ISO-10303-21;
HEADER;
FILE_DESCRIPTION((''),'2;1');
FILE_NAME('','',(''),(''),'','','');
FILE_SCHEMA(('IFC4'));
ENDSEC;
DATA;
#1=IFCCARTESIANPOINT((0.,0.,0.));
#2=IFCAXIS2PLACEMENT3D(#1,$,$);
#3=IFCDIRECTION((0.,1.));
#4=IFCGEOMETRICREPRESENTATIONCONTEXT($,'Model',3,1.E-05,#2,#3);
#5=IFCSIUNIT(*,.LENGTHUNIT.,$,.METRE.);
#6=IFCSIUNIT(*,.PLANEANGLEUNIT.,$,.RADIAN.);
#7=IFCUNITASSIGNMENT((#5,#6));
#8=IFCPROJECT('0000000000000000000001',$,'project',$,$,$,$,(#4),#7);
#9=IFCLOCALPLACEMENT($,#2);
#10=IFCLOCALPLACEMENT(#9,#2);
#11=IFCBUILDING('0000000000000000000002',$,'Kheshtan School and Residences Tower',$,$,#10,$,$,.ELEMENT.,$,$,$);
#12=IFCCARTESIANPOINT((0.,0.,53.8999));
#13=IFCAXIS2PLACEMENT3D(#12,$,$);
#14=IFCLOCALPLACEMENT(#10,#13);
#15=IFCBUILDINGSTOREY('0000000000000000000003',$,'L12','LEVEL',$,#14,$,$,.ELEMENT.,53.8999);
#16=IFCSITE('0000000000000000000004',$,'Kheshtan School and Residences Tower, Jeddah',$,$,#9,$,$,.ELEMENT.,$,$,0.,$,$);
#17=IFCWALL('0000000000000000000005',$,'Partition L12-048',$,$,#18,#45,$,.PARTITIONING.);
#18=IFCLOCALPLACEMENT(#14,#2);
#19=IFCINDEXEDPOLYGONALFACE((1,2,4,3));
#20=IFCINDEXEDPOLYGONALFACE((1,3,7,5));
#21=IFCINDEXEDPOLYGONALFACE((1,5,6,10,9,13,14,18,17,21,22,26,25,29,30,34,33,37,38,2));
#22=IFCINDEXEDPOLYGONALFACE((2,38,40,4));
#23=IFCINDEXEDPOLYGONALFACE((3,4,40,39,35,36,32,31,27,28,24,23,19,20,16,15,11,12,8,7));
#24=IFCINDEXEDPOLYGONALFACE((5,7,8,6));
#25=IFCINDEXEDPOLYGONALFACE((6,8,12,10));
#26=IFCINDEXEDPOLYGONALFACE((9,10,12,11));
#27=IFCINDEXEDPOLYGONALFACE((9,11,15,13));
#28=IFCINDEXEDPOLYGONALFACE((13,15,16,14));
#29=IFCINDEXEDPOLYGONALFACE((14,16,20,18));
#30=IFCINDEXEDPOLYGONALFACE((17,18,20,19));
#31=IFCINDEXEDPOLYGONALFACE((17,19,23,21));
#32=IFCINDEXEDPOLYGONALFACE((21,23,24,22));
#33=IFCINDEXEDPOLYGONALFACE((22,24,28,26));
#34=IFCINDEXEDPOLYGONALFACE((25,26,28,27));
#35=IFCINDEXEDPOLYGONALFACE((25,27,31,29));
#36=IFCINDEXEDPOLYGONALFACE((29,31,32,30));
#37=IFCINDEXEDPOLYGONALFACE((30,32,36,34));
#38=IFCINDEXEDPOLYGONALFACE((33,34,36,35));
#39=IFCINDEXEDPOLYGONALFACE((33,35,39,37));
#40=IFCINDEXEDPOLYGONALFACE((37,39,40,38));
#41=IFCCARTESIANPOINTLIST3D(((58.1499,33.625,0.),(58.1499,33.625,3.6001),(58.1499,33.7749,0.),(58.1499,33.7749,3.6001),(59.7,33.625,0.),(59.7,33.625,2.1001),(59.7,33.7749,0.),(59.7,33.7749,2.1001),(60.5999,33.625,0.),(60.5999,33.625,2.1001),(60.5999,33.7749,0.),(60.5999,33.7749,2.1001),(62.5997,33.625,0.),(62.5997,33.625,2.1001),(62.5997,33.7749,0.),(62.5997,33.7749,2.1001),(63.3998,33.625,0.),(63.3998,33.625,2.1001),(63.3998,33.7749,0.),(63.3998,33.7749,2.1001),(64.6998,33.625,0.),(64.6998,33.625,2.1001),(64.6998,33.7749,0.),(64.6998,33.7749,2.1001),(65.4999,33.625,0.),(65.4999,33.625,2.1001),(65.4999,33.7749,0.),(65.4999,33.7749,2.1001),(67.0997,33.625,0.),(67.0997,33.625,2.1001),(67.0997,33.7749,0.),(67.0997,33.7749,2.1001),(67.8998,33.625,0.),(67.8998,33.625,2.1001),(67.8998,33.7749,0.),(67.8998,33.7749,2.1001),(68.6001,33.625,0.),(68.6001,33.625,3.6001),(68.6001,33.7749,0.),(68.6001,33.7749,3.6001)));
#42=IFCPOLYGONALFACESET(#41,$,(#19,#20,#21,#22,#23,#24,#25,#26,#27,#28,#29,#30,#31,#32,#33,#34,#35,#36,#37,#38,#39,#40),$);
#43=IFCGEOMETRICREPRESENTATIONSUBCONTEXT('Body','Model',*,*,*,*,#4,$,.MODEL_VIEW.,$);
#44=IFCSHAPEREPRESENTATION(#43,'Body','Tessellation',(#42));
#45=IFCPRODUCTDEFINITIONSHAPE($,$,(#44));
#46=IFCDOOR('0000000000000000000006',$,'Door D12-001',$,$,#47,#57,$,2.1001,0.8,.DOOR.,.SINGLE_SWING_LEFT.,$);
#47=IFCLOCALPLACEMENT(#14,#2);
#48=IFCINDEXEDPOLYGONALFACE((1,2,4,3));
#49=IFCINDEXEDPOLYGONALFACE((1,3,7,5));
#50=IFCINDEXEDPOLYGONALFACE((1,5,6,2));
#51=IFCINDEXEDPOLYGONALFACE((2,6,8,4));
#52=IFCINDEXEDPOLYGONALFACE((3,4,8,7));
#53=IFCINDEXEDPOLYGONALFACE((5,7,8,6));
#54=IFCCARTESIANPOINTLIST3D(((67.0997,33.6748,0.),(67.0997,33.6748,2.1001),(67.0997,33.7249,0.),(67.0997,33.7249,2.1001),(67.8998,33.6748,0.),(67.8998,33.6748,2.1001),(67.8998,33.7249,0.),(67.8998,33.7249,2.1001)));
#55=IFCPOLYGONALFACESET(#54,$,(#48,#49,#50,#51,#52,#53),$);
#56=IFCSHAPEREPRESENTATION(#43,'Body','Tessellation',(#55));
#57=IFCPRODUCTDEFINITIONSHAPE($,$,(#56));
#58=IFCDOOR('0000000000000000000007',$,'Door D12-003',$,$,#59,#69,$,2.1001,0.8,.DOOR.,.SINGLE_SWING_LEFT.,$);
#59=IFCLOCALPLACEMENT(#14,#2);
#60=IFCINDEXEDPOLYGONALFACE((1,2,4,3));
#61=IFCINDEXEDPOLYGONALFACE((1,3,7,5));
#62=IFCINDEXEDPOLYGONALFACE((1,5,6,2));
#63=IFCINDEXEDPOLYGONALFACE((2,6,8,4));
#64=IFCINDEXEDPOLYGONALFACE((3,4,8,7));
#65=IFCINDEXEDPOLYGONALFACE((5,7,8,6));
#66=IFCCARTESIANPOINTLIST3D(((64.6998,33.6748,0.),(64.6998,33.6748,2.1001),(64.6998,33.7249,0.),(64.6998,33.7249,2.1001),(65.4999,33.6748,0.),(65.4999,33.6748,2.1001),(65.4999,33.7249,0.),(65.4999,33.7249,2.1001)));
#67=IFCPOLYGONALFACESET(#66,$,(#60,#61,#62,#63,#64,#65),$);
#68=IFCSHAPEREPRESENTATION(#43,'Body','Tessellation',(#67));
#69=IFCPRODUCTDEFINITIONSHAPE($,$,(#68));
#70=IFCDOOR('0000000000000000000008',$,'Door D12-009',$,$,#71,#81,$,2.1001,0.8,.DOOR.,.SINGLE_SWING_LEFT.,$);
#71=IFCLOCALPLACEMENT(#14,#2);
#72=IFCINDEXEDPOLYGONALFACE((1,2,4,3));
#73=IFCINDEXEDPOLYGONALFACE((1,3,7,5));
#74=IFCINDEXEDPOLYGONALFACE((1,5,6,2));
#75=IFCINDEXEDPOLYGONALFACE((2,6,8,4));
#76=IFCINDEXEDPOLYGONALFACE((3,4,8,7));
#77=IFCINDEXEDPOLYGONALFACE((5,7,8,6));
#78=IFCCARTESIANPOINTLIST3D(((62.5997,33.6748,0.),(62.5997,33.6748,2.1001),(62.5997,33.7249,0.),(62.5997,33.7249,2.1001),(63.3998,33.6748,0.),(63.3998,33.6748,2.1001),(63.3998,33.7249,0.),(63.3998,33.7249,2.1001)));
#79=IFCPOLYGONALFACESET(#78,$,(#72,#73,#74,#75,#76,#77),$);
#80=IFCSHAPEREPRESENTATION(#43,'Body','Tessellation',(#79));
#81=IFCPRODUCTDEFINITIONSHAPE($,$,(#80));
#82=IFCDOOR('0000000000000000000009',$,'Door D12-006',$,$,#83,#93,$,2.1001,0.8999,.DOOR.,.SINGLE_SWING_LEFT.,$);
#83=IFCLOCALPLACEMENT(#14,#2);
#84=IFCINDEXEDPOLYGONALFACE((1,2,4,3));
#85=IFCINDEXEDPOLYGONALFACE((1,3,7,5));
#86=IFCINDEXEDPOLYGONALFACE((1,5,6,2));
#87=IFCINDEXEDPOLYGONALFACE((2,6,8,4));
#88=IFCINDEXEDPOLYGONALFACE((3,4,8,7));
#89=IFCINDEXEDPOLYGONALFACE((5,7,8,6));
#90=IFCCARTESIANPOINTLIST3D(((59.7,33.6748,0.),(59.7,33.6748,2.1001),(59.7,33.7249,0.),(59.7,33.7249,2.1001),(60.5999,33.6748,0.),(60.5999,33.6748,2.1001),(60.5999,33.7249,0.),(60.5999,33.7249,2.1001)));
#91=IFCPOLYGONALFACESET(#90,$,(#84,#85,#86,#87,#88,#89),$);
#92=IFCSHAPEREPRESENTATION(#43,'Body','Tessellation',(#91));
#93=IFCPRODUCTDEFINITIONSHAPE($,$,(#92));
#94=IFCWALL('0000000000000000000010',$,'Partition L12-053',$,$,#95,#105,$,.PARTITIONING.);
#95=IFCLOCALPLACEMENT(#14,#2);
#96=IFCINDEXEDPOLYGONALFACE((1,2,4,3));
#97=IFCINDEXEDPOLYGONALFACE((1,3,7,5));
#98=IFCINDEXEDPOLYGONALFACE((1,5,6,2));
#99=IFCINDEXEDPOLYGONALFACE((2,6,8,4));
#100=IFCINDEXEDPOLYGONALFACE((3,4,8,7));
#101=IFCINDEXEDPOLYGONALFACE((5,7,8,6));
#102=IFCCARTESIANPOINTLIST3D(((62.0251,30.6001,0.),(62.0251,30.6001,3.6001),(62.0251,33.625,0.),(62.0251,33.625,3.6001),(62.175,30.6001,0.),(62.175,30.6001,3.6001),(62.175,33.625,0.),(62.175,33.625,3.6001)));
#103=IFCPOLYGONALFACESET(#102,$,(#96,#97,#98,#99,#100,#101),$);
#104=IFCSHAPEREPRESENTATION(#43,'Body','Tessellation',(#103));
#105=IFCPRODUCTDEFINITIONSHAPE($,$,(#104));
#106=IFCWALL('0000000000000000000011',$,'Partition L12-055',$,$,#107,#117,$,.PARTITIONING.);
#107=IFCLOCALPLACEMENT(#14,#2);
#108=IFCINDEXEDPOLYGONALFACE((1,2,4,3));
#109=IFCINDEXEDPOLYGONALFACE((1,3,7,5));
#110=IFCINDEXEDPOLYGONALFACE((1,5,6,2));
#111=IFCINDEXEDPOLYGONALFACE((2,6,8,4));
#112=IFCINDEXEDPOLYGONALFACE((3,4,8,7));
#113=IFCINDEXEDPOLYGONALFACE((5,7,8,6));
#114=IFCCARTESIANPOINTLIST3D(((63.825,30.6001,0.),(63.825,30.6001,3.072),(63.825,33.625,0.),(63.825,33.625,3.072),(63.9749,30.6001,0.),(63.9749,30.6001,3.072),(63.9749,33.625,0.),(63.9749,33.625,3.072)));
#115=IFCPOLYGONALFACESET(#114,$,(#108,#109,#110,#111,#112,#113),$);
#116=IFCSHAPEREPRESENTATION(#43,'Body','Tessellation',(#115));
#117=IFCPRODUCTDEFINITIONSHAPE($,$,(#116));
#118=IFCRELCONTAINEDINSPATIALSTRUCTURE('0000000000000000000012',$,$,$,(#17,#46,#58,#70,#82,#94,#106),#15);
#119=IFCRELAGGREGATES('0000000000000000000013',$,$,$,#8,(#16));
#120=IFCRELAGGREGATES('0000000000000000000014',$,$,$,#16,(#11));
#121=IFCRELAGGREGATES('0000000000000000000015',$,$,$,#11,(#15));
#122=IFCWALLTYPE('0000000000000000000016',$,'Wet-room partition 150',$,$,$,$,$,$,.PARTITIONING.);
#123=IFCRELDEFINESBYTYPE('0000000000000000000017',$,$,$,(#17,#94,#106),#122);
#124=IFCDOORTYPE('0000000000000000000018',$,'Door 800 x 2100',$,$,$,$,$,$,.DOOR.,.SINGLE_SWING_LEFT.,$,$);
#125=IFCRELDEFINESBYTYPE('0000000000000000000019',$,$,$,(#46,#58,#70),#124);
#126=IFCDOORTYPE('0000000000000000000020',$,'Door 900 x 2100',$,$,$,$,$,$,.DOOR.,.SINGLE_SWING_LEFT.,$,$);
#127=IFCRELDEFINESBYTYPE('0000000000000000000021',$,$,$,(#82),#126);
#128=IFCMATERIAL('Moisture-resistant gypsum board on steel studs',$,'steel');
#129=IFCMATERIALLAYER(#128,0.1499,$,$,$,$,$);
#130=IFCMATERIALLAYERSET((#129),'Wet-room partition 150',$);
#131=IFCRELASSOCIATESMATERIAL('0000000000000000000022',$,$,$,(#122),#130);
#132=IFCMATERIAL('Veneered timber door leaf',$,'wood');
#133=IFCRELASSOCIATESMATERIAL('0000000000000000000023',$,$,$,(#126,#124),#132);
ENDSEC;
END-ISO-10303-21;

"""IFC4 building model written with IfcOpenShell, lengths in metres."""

from ifc_helpers import new_model, si_unit, direction, frame, frame_2d, origin, place, context, subcontext, project, spatial, rectangle, extrude, source, transform, mapped, material, layer, layer_set, type_object, element, fill, save


model = new_model("IFC4")

# Units and contexts
model_context = context("Model", 3, precision=1e-05, world=origin(), true_north=direction((0.0, 1.0)))
body_context = subcontext(model_context, "Body", "Model", "MODEL_VIEW")
ifc_project = project(units=[si_unit("LENGTHUNIT", "METRE"), si_unit("PLANEANGLEUNIT", "RADIAN")], contexts=[model_context])

# Site, building, storey
site_placement = place(None, origin())
site = spatial("IfcSite", under=ifc_project, at=site_placement, Name="Kheshtan School and Residences Tower, Jeddah", CompositionType="ELEMENT", RefElevation=0.0)
building_placement = place(site_placement, origin())
building = spatial("IfcBuilding", under=site, at=building_placement, Name="Kheshtan School and Residences Tower", CompositionType="ELEMENT")
storey_placement = place(building_placement, frame((0.0, 0.0, 53.8999)))
storey = spatial("IfcBuildingStorey", under=building, at=storey_placement, Name="L12", Description="LEVEL", CompositionType="ELEMENT", Elevation=53.8999)

# Wall, openings, doors
ifc_material_1 = material(Name="Moisture-resistant gypsum board on steel studs", Category="steel")
ifc_layer_1 = layer(ifc_material_1, 0.1499)
ifc_layer_set_1 = layer_set([ifc_layer_1], Name="Wet-room partition 150")
wall_type_1 = type_object("IfcWallType", Name="Wet-room partition 150", PredefinedType="PARTITIONING", material=ifc_layer_set_1)
ifc_material_2 = material(Name="Veneered timber door leaf", Category="wood")
door_type_1 = type_object("IfcDoorType", Name="Door 900 x 2100", OperationType="SINGLE_SWING_LEFT", PredefinedType="DOOR", material=ifc_material_2)
shared_shape_1 = source(origin(), body_context, "Body", "SweptSolid", [
    extrude(rectangle(XDim=0.8999, YDim=2.1001, at=frame_2d((0.45, 1.05))), frame((0.0, 0.0249, 0.0), z_axis=(0.0, -1.0, 0.0), x_axis=(1.0, 0.0, 0.0)), (0.0, 0.0, 1.0), 0.05),
])
wall_1_placement = place(storey_placement, frame((58.1499, 33.7, 0.0), z_axis=(0.0, 0.0, 1.0), x_axis=(1.0, 0.0, 0.0)))
wall_1 = element("IfcWall", 1, at=wall_1_placement, inside=storey, type_object=wall_type_1, Name="Partition L12-048", PredefinedType="PARTITIONING", context=body_context, shape_type="SweptSolid", body=[
    extrude(rectangle(XDim=10.4502, YDim=0.1499, at=frame_2d((5.2251, 0.0))), origin(), (0.0, 0.0, 1.0), 3.6001),
])
opening_1_placement = place(wall_1_placement, frame((8.95, 0.0, 0.0)))
opening_1 = element("IfcOpeningElement", 2, at=opening_1_placement, cuts=wall_1, PredefinedType="OPENING", context=body_context, shape_type="SweptSolid", body=[
    extrude(rectangle(XDim=0.8, YDim=2.1001, at=frame_2d((0.3999, 1.05))), frame((0.0, 0.085, 0.0), z_axis=(0.0, -1.0, 0.0), x_axis=(1.0, 0.0, 0.0)), (0.0, 0.0, 1.0), 0.1699),
])
opening_2_placement = place(wall_1_placement, frame((6.55, 0.0, 0.0)))
opening_2 = element("IfcOpeningElement", 3, at=opening_2_placement, cuts=wall_1, PredefinedType="OPENING", context=body_context, shape_type="SweptSolid", body=[
    extrude(rectangle(XDim=0.8, YDim=2.1001, at=frame_2d((0.3999, 1.05))), frame((0.0, 0.085, 0.0), z_axis=(0.0, -1.0, 0.0), x_axis=(1.0, 0.0, 0.0)), (0.0, 0.0, 1.0), 0.1699),
])
opening_3_placement = place(wall_1_placement, frame((1.55, 0.0, 0.0)))
opening_3 = element("IfcOpeningElement", 4, at=opening_3_placement, cuts=wall_1, PredefinedType="OPENING", context=body_context, shape_type="SweptSolid", body=[
    extrude(rectangle(XDim=0.8999, YDim=2.1001, at=frame_2d((0.45, 1.05))), frame((0.0, 0.085, 0.0), z_axis=(0.0, -1.0, 0.0), x_axis=(1.0, 0.0, 0.0)), (0.0, 0.0, 1.0), 0.1699),
])
opening_4_placement = place(wall_1_placement, frame((4.45, 0.0, 0.0)))
opening_4 = element("IfcOpeningElement", 5, at=opening_4_placement, cuts=wall_1, PredefinedType="OPENING", context=body_context, shape_type="SweptSolid", body=[
    extrude(rectangle(XDim=0.8, YDim=2.1001, at=frame_2d((0.3999, 1.05))), frame((0.0, 0.085, 0.0), z_axis=(0.0, -1.0, 0.0), x_axis=(1.0, 0.0, 0.0)), (0.0, 0.0, 1.0), 0.1699),
])
door_type_2 = type_object("IfcDoorType", Name="Door 800 x 2100", OperationType="SINGLE_SWING_LEFT", PredefinedType="DOOR", material=ifc_material_2)
shared_shape_2 = source(origin(), body_context, "Body", "SweptSolid", [
    extrude(rectangle(XDim=0.8, YDim=2.1001, at=frame_2d((0.3999, 1.05))), frame((0.0, 0.0249, 0.0), z_axis=(0.0, -1.0, 0.0), x_axis=(1.0, 0.0, 0.0)), (0.0, 0.0, 1.0), 0.05),
])
door_1_placement = place(opening_1_placement, origin())
door_1 = element("IfcDoor", 6, at=door_1_placement, inside=storey, type_object=door_type_2, Name="Door D12-001", OperationType="SINGLE_SWING_LEFT", OverallHeight=2.1001, OverallWidth=0.8, PredefinedType="DOOR", context=body_context, shape_type="MappedRepresentation", body=[
    mapped(shared_shape_2, transform((0.0, 0.0, 0.0), x_axis=(1.0, 0.0, 0.0), y_axis=(0.0, 1.0, 0.0), z_axis=(0.0, 0.0, 1.0), scale=1.0)),
])
fill(opening_1, door_1)
door_2_placement = place(opening_2_placement, origin())
door_2 = element("IfcDoor", 7, at=door_2_placement, inside=storey, type_object=door_type_2, Name="Door D12-003", OperationType="SINGLE_SWING_LEFT", OverallHeight=2.1001, OverallWidth=0.8, PredefinedType="DOOR", context=body_context, shape_type="MappedRepresentation", body=[
    mapped(shared_shape_2, transform((0.0, 0.0, 0.0), x_axis=(1.0, 0.0, 0.0), y_axis=(0.0, 1.0, 0.0), z_axis=(0.0, 0.0, 1.0), scale=1.0)),
])
fill(opening_2, door_2)
door_3_placement = place(opening_4_placement, origin())
door_3 = element("IfcDoor", 8, at=door_3_placement, inside=storey, type_object=door_type_2, Name="Door D12-009", OperationType="SINGLE_SWING_LEFT", OverallHeight=2.1001, OverallWidth=0.8, PredefinedType="DOOR", context=body_context, shape_type="MappedRepresentation", body=[
    mapped(shared_shape_2, transform((0.0, 0.0, 0.0), x_axis=(1.0, 0.0, 0.0), y_axis=(0.0, 1.0, 0.0), z_axis=(0.0, 0.0, 1.0), scale=1.0)),
])
fill(opening_4, door_3)
door_4_placement = place(opening_3_placement, origin())
door_4 = element("IfcDoor", 9, at=door_4_placement, inside=storey, type_object=door_type_1, Name="Door D12-006", OperationType="SINGLE_SWING_LEFT", OverallHeight=2.1001, OverallWidth=0.8999, PredefinedType="DOOR", context=body_context, shape_type="MappedRepresentation", body=[
    mapped(shared_shape_1, transform((0.0, 0.0, 0.0), x_axis=(1.0, 0.0, 0.0), y_axis=(0.0, 1.0, 0.0), z_axis=(0.0, 0.0, 1.0), scale=1.0)),
])
fill(opening_3, door_4)

# Walls
wall_2_placement = place(storey_placement, frame((62.1001, 30.6001, 0.0), z_axis=(0.0, 0.0, 1.0), x_axis=(0.0, 1.0, 0.0)))
element("IfcWall", 10, at=wall_2_placement, inside=storey, type_object=wall_type_1, Name="Partition L12-053", PredefinedType="PARTITIONING", context=body_context, shape_type="SweptSolid", body=[
    extrude(rectangle(XDim=3.0249, YDim=0.1499, at=frame_2d((1.5125, 0.0))), origin(), (0.0, 0.0, 1.0), 3.6001),
])
wall_3_placement = place(storey_placement, frame((63.8999, 30.6001, 0.0), z_axis=(0.0, 0.0, 1.0), x_axis=(0.0, 1.0, 0.0)))
element("IfcWall", 11, at=wall_3_placement, inside=storey, type_object=wall_type_1, Name="Partition L12-055", PredefinedType="PARTITIONING", context=body_context, shape_type="SweptSolid", body=[
    extrude(rectangle(XDim=3.0249, YDim=0.1499, at=frame_2d((1.5125, 0.0))), origin(), (0.0, 0.0, 1.0), 3.072),
])

save(model, "model.ifc")
